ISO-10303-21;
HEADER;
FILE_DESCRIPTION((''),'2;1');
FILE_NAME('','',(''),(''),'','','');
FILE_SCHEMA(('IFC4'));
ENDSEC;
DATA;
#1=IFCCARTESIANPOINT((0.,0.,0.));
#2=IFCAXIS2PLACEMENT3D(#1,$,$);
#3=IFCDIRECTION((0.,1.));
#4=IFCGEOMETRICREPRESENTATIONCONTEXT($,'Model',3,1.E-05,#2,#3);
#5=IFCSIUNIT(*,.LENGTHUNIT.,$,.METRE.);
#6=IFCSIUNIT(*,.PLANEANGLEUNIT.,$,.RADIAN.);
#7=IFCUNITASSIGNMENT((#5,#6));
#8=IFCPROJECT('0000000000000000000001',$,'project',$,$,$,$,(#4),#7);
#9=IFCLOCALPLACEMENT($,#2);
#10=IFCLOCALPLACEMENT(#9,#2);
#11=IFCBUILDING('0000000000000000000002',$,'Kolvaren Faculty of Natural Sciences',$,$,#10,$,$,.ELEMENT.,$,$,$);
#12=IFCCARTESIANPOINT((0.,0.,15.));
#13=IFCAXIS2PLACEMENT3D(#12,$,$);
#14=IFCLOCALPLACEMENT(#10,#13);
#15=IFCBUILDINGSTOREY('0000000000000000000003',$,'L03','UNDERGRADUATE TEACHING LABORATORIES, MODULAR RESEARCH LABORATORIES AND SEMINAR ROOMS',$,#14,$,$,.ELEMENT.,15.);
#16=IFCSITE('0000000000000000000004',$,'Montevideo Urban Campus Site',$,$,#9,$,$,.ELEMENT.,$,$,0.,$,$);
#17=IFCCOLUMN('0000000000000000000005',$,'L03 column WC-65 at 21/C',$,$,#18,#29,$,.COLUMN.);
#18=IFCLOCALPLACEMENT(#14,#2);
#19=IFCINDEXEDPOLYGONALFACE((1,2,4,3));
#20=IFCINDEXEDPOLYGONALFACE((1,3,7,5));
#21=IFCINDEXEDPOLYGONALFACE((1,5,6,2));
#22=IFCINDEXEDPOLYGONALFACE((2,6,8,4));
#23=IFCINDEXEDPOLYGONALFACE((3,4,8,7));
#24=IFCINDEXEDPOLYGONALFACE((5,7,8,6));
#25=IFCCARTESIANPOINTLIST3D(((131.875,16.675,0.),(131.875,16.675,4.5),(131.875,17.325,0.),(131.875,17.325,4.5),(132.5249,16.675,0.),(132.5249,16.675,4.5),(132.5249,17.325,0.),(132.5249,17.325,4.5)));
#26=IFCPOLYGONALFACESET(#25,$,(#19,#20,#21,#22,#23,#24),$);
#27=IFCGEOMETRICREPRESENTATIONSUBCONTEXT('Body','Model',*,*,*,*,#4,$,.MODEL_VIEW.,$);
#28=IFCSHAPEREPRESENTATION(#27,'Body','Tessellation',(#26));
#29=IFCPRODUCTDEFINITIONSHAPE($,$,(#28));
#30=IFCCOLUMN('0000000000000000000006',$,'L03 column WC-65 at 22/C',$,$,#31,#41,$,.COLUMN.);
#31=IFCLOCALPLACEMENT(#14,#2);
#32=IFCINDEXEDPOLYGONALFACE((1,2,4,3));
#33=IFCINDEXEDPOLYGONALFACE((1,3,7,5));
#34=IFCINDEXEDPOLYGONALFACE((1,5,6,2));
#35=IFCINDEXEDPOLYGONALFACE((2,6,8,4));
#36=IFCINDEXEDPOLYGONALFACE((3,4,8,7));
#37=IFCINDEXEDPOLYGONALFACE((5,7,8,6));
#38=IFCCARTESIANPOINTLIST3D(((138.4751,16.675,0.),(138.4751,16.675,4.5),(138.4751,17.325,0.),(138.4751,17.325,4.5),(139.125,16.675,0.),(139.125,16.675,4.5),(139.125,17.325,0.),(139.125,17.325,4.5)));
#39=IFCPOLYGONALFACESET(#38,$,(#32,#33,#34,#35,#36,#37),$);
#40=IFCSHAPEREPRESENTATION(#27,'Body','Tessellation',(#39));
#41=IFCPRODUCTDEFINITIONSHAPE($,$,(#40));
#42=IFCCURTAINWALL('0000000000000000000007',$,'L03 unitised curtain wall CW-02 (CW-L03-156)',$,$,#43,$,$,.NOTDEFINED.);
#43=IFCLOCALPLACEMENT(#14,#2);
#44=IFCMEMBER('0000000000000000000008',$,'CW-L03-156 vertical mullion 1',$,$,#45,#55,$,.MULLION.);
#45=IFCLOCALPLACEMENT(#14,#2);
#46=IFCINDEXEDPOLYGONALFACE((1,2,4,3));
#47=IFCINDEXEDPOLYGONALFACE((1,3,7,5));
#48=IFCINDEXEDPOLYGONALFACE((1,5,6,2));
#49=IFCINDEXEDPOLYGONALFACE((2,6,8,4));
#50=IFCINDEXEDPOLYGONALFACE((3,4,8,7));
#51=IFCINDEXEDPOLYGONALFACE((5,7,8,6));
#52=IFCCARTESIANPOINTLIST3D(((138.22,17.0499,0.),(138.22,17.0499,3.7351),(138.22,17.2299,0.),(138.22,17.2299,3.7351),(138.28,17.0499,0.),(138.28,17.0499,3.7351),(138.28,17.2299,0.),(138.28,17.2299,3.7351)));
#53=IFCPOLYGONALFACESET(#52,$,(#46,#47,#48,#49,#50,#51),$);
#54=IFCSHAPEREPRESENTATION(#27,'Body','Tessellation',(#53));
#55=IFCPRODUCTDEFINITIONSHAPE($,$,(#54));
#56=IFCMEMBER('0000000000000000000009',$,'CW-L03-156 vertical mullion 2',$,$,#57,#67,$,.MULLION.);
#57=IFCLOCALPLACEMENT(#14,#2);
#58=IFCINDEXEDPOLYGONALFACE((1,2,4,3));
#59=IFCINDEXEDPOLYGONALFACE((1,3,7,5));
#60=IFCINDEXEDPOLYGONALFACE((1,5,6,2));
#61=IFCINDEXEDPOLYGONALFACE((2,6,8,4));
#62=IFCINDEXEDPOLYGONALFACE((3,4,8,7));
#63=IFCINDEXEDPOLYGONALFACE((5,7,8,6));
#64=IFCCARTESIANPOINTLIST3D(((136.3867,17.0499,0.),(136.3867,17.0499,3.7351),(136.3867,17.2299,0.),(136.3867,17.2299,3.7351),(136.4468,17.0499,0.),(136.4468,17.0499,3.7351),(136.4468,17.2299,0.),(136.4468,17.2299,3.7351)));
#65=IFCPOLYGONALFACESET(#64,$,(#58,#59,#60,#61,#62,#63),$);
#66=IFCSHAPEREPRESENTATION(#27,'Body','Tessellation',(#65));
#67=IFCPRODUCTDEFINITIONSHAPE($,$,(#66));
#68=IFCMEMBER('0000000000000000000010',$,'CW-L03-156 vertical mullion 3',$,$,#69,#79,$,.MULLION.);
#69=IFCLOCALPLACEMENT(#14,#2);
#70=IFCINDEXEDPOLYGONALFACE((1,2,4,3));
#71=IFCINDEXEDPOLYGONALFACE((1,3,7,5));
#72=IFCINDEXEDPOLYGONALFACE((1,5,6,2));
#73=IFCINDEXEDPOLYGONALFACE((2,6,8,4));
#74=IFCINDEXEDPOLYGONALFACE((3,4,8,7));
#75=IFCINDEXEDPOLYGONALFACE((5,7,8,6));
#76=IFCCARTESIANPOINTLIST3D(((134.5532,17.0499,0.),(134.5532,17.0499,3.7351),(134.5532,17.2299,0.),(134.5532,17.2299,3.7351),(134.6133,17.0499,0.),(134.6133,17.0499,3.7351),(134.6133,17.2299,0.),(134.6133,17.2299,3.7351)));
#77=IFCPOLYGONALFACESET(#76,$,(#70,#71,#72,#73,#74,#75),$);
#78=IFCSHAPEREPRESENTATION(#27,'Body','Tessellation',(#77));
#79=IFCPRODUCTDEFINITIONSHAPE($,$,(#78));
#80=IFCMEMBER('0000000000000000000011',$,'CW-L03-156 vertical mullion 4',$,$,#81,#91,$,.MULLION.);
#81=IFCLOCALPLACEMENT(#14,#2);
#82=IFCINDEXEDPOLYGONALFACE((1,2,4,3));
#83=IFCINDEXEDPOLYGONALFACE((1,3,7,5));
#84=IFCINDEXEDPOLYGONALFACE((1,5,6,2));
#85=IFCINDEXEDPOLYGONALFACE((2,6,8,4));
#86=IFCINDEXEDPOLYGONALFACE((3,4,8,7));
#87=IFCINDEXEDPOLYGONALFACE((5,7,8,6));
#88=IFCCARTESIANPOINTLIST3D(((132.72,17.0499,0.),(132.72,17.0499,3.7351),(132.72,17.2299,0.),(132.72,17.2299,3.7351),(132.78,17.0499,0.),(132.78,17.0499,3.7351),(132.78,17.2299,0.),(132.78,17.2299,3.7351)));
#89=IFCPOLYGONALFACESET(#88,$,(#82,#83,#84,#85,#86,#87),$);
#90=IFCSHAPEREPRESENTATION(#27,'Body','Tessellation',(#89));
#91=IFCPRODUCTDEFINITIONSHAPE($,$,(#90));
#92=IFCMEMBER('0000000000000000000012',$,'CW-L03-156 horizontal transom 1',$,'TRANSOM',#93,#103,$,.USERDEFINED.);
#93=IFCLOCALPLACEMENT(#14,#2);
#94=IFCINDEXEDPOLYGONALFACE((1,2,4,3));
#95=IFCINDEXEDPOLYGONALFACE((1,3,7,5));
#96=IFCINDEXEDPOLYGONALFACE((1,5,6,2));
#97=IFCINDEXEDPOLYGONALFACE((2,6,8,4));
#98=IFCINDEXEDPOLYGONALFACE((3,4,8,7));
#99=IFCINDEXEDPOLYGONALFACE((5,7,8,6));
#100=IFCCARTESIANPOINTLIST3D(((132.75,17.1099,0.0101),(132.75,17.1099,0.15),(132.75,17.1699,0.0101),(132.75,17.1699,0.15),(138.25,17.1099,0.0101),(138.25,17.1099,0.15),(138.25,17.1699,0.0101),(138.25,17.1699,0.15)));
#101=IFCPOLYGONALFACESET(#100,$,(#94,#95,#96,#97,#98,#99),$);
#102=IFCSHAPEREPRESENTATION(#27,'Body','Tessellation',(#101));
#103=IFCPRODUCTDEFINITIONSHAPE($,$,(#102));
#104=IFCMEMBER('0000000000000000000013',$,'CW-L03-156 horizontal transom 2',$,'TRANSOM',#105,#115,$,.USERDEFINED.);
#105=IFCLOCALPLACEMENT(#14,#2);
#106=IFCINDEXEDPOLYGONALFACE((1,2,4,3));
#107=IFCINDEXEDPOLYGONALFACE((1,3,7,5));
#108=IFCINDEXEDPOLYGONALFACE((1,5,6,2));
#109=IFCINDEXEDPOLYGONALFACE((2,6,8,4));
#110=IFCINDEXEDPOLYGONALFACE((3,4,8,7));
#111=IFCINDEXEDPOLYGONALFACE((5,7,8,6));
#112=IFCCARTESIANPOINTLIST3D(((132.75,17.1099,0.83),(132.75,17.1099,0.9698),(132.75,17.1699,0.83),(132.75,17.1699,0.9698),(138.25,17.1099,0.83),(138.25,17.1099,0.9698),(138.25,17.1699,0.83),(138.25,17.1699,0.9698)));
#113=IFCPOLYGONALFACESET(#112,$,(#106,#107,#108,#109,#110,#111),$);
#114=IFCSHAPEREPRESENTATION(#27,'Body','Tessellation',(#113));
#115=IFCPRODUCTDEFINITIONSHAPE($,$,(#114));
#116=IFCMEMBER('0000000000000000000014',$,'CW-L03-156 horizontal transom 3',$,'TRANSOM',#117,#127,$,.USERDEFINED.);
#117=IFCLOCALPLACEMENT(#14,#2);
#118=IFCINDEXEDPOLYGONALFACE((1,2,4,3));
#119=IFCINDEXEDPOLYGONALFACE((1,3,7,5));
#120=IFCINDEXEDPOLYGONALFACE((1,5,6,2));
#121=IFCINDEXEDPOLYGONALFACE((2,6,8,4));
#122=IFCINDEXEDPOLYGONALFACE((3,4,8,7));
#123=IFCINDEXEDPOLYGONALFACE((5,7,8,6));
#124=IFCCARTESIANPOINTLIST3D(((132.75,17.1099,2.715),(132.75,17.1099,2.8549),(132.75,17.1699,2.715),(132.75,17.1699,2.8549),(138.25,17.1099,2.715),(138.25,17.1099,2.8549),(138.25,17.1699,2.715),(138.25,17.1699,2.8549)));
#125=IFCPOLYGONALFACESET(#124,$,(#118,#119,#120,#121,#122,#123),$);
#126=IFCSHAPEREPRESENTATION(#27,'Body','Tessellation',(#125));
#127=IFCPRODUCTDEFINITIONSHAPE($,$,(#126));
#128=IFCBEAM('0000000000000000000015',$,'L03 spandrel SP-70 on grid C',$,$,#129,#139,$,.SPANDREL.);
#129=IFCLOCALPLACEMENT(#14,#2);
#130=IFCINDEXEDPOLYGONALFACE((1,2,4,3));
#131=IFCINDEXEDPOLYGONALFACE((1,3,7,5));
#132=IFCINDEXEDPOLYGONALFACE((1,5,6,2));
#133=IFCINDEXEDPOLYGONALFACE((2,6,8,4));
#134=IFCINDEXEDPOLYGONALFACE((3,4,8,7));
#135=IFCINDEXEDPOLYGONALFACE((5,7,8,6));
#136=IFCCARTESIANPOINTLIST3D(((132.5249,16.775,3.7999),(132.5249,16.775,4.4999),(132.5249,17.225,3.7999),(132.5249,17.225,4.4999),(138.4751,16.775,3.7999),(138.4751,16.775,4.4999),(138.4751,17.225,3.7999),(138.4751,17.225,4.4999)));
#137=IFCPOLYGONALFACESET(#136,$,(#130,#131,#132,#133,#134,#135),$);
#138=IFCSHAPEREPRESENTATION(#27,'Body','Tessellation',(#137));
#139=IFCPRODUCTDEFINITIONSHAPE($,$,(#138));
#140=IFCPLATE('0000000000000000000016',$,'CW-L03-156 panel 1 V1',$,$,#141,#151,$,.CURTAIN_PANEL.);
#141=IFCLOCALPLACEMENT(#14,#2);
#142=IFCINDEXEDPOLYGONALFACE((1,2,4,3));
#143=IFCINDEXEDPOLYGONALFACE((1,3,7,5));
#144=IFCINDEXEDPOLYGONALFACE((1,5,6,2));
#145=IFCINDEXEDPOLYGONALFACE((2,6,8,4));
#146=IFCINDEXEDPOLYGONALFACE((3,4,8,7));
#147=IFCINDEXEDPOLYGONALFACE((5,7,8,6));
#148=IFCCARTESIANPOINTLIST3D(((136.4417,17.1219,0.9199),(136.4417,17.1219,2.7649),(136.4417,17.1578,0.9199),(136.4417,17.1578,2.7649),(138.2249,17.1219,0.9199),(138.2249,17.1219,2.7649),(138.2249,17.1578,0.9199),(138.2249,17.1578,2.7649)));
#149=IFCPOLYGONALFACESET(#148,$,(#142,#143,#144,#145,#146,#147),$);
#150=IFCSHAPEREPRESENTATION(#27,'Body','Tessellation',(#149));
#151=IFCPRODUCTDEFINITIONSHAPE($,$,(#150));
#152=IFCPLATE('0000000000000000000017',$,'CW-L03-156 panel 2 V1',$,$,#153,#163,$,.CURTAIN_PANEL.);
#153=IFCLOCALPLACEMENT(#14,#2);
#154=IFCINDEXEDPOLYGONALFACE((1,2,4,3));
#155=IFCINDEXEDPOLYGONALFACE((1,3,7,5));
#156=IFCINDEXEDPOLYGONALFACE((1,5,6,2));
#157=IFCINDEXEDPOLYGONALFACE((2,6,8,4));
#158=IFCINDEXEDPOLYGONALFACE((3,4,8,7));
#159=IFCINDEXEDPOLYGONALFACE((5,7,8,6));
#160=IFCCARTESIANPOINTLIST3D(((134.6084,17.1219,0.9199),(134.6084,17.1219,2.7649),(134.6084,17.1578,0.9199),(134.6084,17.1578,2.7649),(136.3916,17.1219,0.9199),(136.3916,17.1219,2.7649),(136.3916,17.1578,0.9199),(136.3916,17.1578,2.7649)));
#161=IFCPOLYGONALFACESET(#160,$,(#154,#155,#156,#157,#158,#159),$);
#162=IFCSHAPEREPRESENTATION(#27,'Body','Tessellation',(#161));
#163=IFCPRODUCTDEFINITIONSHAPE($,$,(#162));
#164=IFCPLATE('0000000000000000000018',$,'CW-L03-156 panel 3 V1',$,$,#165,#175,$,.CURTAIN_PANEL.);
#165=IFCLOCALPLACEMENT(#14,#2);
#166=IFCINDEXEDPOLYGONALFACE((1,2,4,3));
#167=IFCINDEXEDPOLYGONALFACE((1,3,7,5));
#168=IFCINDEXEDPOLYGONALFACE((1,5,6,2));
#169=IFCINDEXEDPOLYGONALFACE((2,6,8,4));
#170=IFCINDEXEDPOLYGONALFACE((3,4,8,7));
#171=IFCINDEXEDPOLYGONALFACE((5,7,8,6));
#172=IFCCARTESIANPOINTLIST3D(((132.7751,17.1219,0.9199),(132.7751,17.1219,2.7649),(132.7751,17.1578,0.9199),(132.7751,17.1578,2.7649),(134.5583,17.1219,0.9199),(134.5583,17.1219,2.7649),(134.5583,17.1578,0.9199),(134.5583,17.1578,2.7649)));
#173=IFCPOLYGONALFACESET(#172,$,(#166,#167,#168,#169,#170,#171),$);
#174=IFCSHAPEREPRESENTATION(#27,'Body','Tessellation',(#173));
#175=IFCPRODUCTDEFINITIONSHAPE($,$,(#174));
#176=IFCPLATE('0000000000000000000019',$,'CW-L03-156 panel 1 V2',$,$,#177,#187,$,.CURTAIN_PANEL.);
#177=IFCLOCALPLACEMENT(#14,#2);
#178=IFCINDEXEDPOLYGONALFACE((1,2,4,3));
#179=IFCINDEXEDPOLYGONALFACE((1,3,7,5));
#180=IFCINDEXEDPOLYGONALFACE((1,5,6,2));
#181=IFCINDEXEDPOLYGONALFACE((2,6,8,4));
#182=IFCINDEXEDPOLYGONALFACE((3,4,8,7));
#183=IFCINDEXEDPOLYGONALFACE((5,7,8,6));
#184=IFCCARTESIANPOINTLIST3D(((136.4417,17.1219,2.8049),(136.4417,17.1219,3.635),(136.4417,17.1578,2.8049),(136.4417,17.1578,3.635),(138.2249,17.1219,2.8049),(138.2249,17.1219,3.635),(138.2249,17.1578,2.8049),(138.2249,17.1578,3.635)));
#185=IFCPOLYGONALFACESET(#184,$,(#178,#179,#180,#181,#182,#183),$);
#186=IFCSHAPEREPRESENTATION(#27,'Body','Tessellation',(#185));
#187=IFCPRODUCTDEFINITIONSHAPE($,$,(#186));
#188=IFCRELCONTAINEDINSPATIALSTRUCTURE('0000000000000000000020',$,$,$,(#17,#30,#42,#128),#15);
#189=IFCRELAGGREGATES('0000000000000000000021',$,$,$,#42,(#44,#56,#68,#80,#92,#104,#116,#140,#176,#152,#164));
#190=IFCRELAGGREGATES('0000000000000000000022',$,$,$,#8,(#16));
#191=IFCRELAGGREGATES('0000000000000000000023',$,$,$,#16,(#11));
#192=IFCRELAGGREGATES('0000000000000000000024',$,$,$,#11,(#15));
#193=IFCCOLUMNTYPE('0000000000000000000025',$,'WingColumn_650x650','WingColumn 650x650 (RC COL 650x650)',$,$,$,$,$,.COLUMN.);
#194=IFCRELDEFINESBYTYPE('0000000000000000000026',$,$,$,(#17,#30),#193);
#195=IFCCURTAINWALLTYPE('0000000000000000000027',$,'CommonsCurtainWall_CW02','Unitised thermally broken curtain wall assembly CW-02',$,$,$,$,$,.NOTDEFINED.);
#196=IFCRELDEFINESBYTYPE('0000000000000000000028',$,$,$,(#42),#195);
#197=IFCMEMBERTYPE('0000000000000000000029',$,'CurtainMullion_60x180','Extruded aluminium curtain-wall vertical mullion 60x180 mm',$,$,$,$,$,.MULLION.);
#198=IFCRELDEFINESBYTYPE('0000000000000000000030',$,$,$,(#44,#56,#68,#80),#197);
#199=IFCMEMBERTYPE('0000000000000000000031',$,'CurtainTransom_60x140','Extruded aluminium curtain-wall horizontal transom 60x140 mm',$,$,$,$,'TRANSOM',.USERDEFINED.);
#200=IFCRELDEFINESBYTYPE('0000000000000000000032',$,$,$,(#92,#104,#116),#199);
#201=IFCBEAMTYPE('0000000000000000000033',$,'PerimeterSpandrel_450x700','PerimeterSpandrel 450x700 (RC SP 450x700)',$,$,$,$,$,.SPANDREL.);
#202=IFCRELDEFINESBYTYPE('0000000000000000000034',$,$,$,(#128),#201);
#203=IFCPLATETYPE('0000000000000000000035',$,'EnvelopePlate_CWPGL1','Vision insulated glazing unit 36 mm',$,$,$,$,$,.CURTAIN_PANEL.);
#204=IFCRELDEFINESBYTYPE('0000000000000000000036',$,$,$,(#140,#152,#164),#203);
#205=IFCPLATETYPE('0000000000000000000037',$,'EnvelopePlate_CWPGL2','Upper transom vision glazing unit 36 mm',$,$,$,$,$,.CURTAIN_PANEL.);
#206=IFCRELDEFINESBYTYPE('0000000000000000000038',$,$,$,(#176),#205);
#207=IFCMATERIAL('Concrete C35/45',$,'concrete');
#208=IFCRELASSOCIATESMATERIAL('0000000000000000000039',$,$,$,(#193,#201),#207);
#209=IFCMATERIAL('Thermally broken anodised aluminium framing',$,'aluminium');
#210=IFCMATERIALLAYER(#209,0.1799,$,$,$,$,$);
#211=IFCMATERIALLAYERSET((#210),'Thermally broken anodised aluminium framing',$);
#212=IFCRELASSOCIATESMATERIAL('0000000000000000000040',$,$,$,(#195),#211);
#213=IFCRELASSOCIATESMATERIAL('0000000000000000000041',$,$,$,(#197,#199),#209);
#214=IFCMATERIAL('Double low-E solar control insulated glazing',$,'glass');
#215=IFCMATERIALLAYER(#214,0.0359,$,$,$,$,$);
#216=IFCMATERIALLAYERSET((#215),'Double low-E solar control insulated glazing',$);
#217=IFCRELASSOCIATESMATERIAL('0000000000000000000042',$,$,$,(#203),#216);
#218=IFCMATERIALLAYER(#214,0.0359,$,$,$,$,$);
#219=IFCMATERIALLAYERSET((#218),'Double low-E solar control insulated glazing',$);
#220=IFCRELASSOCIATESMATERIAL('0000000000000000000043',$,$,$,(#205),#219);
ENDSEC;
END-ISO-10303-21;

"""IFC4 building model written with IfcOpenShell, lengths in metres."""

from ifc_helpers import new_model, si_unit, direction, frame, origin, origin_2d, place, context, subcontext, project, spatial, rectangle, extrude, material, layer, layer_set, material_profile, profile_set, type_object, element, aggregate, save


model = new_model("IFC4")

# Units and contexts
model_context = context("Model", 3, precision=1e-05, world=origin(), true_north=direction((0.0, 1.0)))
body_context = subcontext(model_context, "Body", "Model", "MODEL_VIEW")
ifc_project = project(units=[si_unit("LENGTHUNIT", "METRE"), si_unit("PLANEANGLEUNIT", "RADIAN")], contexts=[model_context])

# Site, building, storey
site_placement = place(None, origin())
site = spatial("IfcSite", under=ifc_project, at=site_placement, Name="Montevideo Urban Campus Site", CompositionType="ELEMENT", RefElevation=0.0)
building_placement = place(site_placement, origin())
building = spatial("IfcBuilding", under=site, at=building_placement, Name="Kolvaren Faculty of Natural Sciences", CompositionType="ELEMENT")
storey_placement = place(building_placement, frame((0.0, 0.0, 15.0)))
storey = spatial("IfcBuildingStorey", under=building, at=storey_placement, Name="L03", Description="UNDERGRADUATE TEACHING LABORATORIES, MODULAR RESEARCH LABORATORIES AND SEMINAR ROOMS", CompositionType="ELEMENT", Elevation=15.0)

# Columns
ifc_material_1 = material(Name="Concrete C35/45", Category="concrete")
ifc_material_profile_1 = material_profile(ifc_material_1, rectangle(XDim=0.6499, YDim=0.6499, at=origin_2d()), Name="RC COL 650x650")
ifc_profile_set_1 = profile_set([ifc_material_profile_1], Name="Concrete C35/45")
column_type = type_object("IfcColumnType", Name="WingColumn_650x650", Description="WingColumn 650x650 (RC COL 650x650)", PredefinedType="COLUMN", material=ifc_profile_set_1)
for number, where, z_axis, x_axis, name in (
    (1, (132.2, 17.0, 0.0), (0.0, 0.0, 1.0), (1.0, 0.0, 0.0), "L03 column WC-65 at 21/C"),
    (2, (138.8, 17.0, 0.0), (0.0, 0.0, 1.0), (1.0, 0.0, 0.0), "L03 column WC-65 at 22/C"),
):
    element("IfcColumn", number, at=place(storey_placement, frame(where, z_axis=z_axis, x_axis=x_axis)), inside=storey, type_object=column_type, Name=name, PredefinedType="COLUMN", context=body_context, shape_type="SweptSolid", body=[
        extrude(rectangle(XDim=0.6499, YDim=0.6499, at=origin_2d()), origin(), (0.0, 0.0, 1.0), 4.5),
    ])

# Curtain wall, members
ifc_material_2 = material(Name="Thermally broken anodised aluminium framing", Category="aluminium")
ifc_layer_1 = layer(ifc_material_2, 0.1799)
ifc_layer_set_1 = layer_set([ifc_layer_1], Name="Thermally broken anodised aluminium framing")
curtain_wall_type = type_object("IfcCurtainWallType", Name="CommonsCurtainWall_CW02", Description="Unitised thermally broken curtain wall assembly CW-02", PredefinedType="NOTDEFINED", material=ifc_layer_set_1)
curtain_wall_placement = place(storey_placement, origin())
curtain_wall = element("IfcCurtainWall", 3, at=curtain_wall_placement, inside=storey, type_object=curtain_wall_type, Name="L03 unitised curtain wall CW-02 (CW-L03-156)", PredefinedType="NOTDEFINED")
ifc_material_profile_2 = material_profile(ifc_material_2, rectangle(XDim=0.0601, YDim=0.1799, at=origin_2d()), Name="ALU MUL 60x180")
ifc_profile_set_2 = profile_set([ifc_material_profile_2], Name="Thermally broken anodised aluminium framing")
member_type_1 = type_object("IfcMemberType", Name="CurtainMullion_60x180", Description="Extruded aluminium curtain-wall vertical mullion 60x180 mm", PredefinedType="MULLION", material=ifc_profile_set_2)
member_1_placement = place(storey_placement, frame((138.25, 17.1399, 0.0), z_axis=(0.0, 0.0, 1.0), x_axis=(-1.0, 0.0, 0.0)))
member_1 = element("IfcMember", 4, at=member_1_placement, type_object=member_type_1, Name="CW-L03-156 vertical mullion 1", PredefinedType="MULLION", context=body_context, shape_type="SweptSolid", body=[
    extrude(rectangle(XDim=0.0601, YDim=0.1799, at=origin_2d()), origin(), (0.0, 0.0, 1.0), 3.7351),
])
member_2_placement = place(storey_placement, frame((136.4167, 17.1399, 0.0), z_axis=(0.0, 0.0, 1.0), x_axis=(-1.0, 0.0, 0.0)))
member_2 = element("IfcMember", 5, at=member_2_placement, type_object=member_type_1, Name="CW-L03-156 vertical mullion 2", PredefinedType="MULLION", context=body_context, shape_type="SweptSolid", body=[
    extrude(rectangle(XDim=0.0601, YDim=0.1799, at=origin_2d()), origin(), (0.0, 0.0, 1.0), 3.7351),
])
member_3_placement = place(storey_placement, frame((134.5833, 17.1399, 0.0), z_axis=(0.0, 0.0, 1.0), x_axis=(-1.0, 0.0, 0.0)))
member_3 = element("IfcMember", 6, at=member_3_placement, type_object=member_type_1, Name="CW-L03-156 vertical mullion 3", PredefinedType="MULLION", context=body_context, shape_type="SweptSolid", body=[
    extrude(rectangle(XDim=0.0601, YDim=0.1799, at=origin_2d()), origin(), (0.0, 0.0, 1.0), 3.7351),
])
member_4_placement = place(storey_placement, frame((132.75, 17.1399, 0.0), z_axis=(0.0, 0.0, 1.0), x_axis=(-1.0, 0.0, 0.0)))
member_4 = element("IfcMember", 7, at=member_4_placement, type_object=member_type_1, Name="CW-L03-156 vertical mullion 4", PredefinedType="MULLION", context=body_context, shape_type="SweptSolid", body=[
    extrude(rectangle(XDim=0.0601, YDim=0.1799, at=origin_2d()), origin(), (0.0, 0.0, 1.0), 3.7351),
])
ifc_material_profile_3 = material_profile(ifc_material_2, rectangle(XDim=0.0601, YDim=0.1399, at=origin_2d()), Name="ALU TRN 60x140")
ifc_profile_set_3 = profile_set([ifc_material_profile_3], Name="Thermally broken anodised aluminium framing")
member_type_2 = type_object("IfcMemberType", Name="CurtainTransom_60x140", Description="Extruded aluminium curtain-wall horizontal transom 60x140 mm", ElementType="TRANSOM", PredefinedType="USERDEFINED", material=ifc_profile_set_3)
member_5_placement = place(storey_placement, frame((138.25, 17.1399, 0.0801), z_axis=(-1.0, 0.0, 0.0), x_axis=(0.0, -1.0, 0.0)))
member_5 = element("IfcMember", 8, at=member_5_placement, type_object=member_type_2, Name="CW-L03-156 horizontal transom 1", ObjectType="TRANSOM", PredefinedType="USERDEFINED", context=body_context, shape_type="SweptSolid", body=[
    extrude(rectangle(XDim=0.0601, YDim=0.1399, at=origin_2d()), origin(), (0.0, 0.0, 1.0), 5.5),
])
member_6_placement = place(storey_placement, frame((138.25, 17.1399, 0.8999), z_axis=(-1.0, 0.0, 0.0), x_axis=(0.0, -1.0, 0.0)))
member_6 = element("IfcMember", 9, at=member_6_placement, type_object=member_type_2, Name="CW-L03-156 horizontal transom 2", ObjectType="TRANSOM", PredefinedType="USERDEFINED", context=body_context, shape_type="SweptSolid", body=[
    extrude(rectangle(XDim=0.0601, YDim=0.1399, at=origin_2d()), origin(), (0.0, 0.0, 1.0), 5.5),
])
member_7_placement = place(storey_placement, frame((138.25, 17.1399, 2.7849), z_axis=(-1.0, 0.0, 0.0), x_axis=(0.0, -1.0, 0.0)))
member_7 = element("IfcMember", 10, at=member_7_placement, type_object=member_type_2, Name="CW-L03-156 horizontal transom 3", ObjectType="TRANSOM", PredefinedType="USERDEFINED", context=body_context, shape_type="SweptSolid", body=[
    extrude(rectangle(XDim=0.0601, YDim=0.1399, at=origin_2d()), origin(), (0.0, 0.0, 1.0), 5.5),
])

# Beam
ifc_material_profile_4 = material_profile(ifc_material_1, rectangle(XDim=0.45, YDim=0.7, at=origin_2d()), Name="RC SP 450x700")
ifc_profile_set_4 = profile_set([ifc_material_profile_4], Name="Concrete C35/45")
beam_type = type_object("IfcBeamType", Name="PerimeterSpandrel_450x700", Description="PerimeterSpandrel 450x700 (RC SP 450x700)", PredefinedType="SPANDREL", material=ifc_profile_set_4)
beam_placement = place(storey_placement, frame((132.5249, 17.0, 4.1499), z_axis=(1.0, 0.0, 0.0), x_axis=(0.0, 1.0, 0.0)))
element("IfcBeam", 11, at=beam_placement, inside=storey, type_object=beam_type, Name="L03 spandrel SP-70 on grid C", PredefinedType="SPANDREL", context=body_context, shape_type="SweptSolid", body=[
    extrude(rectangle(XDim=0.45, YDim=0.7, at=origin_2d()), origin(), (0.0, 0.0, 1.0), 5.9502),
])

# Plates
ifc_material_3 = material(Name="Double low-E solar control insulated glazing", Category="glass")
ifc_layer_2 = layer(ifc_material_3, 0.0359)
ifc_layer_set_2 = layer_set([ifc_layer_2], Name="Double low-E solar control insulated glazing")
plate_type_1 = type_object("IfcPlateType", Name="EnvelopePlate_CWPGL1", Description="Vision insulated glazing unit 36 mm", PredefinedType="CURTAIN_PANEL", material=ifc_layer_set_2)
plate_1_placement = place(storey_placement, frame((137.3333, 17.1399, 0.9199), z_axis=(0.0, 0.0, 1.0), x_axis=(-1.0, 0.0, 0.0)))
plate_1 = element("IfcPlate", 12, at=plate_1_placement, type_object=plate_type_1, Name="CW-L03-156 panel 1 V1", PredefinedType="CURTAIN_PANEL", context=body_context, shape_type="SweptSolid", body=[
    extrude(rectangle(XDim=1.7832, YDim=0.0359, at=origin_2d()), origin(), (0.0, 0.0, 1.0), 1.845),
])
plate_2_placement = place(storey_placement, frame((135.5, 17.1399, 0.9199), z_axis=(0.0, 0.0, 1.0), x_axis=(-1.0, 0.0, 0.0)))
plate_2 = element("IfcPlate", 13, at=plate_2_placement, type_object=plate_type_1, Name="CW-L03-156 panel 2 V1", PredefinedType="CURTAIN_PANEL", context=body_context, shape_type="SweptSolid", body=[
    extrude(rectangle(XDim=1.7832, YDim=0.0359, at=origin_2d()), origin(), (0.0, 0.0, 1.0), 1.845),
])
plate_3_placement = place(storey_placement, frame((133.6667, 17.1399, 0.9199), z_axis=(0.0, 0.0, 1.0), x_axis=(-1.0, 0.0, 0.0)))
plate_3 = element("IfcPlate", 14, at=plate_3_placement, type_object=plate_type_1, Name="CW-L03-156 panel 3 V1", PredefinedType="CURTAIN_PANEL", context=body_context, shape_type="SweptSolid", body=[
    extrude(rectangle(XDim=1.7832, YDim=0.0359, at=origin_2d()), origin(), (0.0, 0.0, 1.0), 1.845),
])
ifc_layer_3 = layer(ifc_material_3, 0.0359)
ifc_layer_set_3 = layer_set([ifc_layer_3], Name="Double low-E solar control insulated glazing")
plate_type_2 = type_object("IfcPlateType", Name="EnvelopePlate_CWPGL2", Description="Upper transom vision glazing unit 36 mm", PredefinedType="CURTAIN_PANEL", material=ifc_layer_set_3)
plate_4_placement = place(storey_placement, frame((137.3333, 17.1399, 2.8049), z_axis=(0.0, 0.0, 1.0), x_axis=(-1.0, 0.0, 0.0)))
plate_4 = element("IfcPlate", 15, at=plate_4_placement, type_object=plate_type_2, Name="CW-L03-156 panel 1 V2", PredefinedType="CURTAIN_PANEL", context=body_context, shape_type="SweptSolid", body=[
    extrude(rectangle(XDim=1.7832, YDim=0.0359, at=origin_2d()), origin(), (0.0, 0.0, 1.0), 0.8301),
])
aggregate(curtain_wall, [member_1, member_2, member_3, member_4, member_5, member_6, member_7, plate_1, plate_4, plate_2, plate_3])

save(model, "model.ifc")
